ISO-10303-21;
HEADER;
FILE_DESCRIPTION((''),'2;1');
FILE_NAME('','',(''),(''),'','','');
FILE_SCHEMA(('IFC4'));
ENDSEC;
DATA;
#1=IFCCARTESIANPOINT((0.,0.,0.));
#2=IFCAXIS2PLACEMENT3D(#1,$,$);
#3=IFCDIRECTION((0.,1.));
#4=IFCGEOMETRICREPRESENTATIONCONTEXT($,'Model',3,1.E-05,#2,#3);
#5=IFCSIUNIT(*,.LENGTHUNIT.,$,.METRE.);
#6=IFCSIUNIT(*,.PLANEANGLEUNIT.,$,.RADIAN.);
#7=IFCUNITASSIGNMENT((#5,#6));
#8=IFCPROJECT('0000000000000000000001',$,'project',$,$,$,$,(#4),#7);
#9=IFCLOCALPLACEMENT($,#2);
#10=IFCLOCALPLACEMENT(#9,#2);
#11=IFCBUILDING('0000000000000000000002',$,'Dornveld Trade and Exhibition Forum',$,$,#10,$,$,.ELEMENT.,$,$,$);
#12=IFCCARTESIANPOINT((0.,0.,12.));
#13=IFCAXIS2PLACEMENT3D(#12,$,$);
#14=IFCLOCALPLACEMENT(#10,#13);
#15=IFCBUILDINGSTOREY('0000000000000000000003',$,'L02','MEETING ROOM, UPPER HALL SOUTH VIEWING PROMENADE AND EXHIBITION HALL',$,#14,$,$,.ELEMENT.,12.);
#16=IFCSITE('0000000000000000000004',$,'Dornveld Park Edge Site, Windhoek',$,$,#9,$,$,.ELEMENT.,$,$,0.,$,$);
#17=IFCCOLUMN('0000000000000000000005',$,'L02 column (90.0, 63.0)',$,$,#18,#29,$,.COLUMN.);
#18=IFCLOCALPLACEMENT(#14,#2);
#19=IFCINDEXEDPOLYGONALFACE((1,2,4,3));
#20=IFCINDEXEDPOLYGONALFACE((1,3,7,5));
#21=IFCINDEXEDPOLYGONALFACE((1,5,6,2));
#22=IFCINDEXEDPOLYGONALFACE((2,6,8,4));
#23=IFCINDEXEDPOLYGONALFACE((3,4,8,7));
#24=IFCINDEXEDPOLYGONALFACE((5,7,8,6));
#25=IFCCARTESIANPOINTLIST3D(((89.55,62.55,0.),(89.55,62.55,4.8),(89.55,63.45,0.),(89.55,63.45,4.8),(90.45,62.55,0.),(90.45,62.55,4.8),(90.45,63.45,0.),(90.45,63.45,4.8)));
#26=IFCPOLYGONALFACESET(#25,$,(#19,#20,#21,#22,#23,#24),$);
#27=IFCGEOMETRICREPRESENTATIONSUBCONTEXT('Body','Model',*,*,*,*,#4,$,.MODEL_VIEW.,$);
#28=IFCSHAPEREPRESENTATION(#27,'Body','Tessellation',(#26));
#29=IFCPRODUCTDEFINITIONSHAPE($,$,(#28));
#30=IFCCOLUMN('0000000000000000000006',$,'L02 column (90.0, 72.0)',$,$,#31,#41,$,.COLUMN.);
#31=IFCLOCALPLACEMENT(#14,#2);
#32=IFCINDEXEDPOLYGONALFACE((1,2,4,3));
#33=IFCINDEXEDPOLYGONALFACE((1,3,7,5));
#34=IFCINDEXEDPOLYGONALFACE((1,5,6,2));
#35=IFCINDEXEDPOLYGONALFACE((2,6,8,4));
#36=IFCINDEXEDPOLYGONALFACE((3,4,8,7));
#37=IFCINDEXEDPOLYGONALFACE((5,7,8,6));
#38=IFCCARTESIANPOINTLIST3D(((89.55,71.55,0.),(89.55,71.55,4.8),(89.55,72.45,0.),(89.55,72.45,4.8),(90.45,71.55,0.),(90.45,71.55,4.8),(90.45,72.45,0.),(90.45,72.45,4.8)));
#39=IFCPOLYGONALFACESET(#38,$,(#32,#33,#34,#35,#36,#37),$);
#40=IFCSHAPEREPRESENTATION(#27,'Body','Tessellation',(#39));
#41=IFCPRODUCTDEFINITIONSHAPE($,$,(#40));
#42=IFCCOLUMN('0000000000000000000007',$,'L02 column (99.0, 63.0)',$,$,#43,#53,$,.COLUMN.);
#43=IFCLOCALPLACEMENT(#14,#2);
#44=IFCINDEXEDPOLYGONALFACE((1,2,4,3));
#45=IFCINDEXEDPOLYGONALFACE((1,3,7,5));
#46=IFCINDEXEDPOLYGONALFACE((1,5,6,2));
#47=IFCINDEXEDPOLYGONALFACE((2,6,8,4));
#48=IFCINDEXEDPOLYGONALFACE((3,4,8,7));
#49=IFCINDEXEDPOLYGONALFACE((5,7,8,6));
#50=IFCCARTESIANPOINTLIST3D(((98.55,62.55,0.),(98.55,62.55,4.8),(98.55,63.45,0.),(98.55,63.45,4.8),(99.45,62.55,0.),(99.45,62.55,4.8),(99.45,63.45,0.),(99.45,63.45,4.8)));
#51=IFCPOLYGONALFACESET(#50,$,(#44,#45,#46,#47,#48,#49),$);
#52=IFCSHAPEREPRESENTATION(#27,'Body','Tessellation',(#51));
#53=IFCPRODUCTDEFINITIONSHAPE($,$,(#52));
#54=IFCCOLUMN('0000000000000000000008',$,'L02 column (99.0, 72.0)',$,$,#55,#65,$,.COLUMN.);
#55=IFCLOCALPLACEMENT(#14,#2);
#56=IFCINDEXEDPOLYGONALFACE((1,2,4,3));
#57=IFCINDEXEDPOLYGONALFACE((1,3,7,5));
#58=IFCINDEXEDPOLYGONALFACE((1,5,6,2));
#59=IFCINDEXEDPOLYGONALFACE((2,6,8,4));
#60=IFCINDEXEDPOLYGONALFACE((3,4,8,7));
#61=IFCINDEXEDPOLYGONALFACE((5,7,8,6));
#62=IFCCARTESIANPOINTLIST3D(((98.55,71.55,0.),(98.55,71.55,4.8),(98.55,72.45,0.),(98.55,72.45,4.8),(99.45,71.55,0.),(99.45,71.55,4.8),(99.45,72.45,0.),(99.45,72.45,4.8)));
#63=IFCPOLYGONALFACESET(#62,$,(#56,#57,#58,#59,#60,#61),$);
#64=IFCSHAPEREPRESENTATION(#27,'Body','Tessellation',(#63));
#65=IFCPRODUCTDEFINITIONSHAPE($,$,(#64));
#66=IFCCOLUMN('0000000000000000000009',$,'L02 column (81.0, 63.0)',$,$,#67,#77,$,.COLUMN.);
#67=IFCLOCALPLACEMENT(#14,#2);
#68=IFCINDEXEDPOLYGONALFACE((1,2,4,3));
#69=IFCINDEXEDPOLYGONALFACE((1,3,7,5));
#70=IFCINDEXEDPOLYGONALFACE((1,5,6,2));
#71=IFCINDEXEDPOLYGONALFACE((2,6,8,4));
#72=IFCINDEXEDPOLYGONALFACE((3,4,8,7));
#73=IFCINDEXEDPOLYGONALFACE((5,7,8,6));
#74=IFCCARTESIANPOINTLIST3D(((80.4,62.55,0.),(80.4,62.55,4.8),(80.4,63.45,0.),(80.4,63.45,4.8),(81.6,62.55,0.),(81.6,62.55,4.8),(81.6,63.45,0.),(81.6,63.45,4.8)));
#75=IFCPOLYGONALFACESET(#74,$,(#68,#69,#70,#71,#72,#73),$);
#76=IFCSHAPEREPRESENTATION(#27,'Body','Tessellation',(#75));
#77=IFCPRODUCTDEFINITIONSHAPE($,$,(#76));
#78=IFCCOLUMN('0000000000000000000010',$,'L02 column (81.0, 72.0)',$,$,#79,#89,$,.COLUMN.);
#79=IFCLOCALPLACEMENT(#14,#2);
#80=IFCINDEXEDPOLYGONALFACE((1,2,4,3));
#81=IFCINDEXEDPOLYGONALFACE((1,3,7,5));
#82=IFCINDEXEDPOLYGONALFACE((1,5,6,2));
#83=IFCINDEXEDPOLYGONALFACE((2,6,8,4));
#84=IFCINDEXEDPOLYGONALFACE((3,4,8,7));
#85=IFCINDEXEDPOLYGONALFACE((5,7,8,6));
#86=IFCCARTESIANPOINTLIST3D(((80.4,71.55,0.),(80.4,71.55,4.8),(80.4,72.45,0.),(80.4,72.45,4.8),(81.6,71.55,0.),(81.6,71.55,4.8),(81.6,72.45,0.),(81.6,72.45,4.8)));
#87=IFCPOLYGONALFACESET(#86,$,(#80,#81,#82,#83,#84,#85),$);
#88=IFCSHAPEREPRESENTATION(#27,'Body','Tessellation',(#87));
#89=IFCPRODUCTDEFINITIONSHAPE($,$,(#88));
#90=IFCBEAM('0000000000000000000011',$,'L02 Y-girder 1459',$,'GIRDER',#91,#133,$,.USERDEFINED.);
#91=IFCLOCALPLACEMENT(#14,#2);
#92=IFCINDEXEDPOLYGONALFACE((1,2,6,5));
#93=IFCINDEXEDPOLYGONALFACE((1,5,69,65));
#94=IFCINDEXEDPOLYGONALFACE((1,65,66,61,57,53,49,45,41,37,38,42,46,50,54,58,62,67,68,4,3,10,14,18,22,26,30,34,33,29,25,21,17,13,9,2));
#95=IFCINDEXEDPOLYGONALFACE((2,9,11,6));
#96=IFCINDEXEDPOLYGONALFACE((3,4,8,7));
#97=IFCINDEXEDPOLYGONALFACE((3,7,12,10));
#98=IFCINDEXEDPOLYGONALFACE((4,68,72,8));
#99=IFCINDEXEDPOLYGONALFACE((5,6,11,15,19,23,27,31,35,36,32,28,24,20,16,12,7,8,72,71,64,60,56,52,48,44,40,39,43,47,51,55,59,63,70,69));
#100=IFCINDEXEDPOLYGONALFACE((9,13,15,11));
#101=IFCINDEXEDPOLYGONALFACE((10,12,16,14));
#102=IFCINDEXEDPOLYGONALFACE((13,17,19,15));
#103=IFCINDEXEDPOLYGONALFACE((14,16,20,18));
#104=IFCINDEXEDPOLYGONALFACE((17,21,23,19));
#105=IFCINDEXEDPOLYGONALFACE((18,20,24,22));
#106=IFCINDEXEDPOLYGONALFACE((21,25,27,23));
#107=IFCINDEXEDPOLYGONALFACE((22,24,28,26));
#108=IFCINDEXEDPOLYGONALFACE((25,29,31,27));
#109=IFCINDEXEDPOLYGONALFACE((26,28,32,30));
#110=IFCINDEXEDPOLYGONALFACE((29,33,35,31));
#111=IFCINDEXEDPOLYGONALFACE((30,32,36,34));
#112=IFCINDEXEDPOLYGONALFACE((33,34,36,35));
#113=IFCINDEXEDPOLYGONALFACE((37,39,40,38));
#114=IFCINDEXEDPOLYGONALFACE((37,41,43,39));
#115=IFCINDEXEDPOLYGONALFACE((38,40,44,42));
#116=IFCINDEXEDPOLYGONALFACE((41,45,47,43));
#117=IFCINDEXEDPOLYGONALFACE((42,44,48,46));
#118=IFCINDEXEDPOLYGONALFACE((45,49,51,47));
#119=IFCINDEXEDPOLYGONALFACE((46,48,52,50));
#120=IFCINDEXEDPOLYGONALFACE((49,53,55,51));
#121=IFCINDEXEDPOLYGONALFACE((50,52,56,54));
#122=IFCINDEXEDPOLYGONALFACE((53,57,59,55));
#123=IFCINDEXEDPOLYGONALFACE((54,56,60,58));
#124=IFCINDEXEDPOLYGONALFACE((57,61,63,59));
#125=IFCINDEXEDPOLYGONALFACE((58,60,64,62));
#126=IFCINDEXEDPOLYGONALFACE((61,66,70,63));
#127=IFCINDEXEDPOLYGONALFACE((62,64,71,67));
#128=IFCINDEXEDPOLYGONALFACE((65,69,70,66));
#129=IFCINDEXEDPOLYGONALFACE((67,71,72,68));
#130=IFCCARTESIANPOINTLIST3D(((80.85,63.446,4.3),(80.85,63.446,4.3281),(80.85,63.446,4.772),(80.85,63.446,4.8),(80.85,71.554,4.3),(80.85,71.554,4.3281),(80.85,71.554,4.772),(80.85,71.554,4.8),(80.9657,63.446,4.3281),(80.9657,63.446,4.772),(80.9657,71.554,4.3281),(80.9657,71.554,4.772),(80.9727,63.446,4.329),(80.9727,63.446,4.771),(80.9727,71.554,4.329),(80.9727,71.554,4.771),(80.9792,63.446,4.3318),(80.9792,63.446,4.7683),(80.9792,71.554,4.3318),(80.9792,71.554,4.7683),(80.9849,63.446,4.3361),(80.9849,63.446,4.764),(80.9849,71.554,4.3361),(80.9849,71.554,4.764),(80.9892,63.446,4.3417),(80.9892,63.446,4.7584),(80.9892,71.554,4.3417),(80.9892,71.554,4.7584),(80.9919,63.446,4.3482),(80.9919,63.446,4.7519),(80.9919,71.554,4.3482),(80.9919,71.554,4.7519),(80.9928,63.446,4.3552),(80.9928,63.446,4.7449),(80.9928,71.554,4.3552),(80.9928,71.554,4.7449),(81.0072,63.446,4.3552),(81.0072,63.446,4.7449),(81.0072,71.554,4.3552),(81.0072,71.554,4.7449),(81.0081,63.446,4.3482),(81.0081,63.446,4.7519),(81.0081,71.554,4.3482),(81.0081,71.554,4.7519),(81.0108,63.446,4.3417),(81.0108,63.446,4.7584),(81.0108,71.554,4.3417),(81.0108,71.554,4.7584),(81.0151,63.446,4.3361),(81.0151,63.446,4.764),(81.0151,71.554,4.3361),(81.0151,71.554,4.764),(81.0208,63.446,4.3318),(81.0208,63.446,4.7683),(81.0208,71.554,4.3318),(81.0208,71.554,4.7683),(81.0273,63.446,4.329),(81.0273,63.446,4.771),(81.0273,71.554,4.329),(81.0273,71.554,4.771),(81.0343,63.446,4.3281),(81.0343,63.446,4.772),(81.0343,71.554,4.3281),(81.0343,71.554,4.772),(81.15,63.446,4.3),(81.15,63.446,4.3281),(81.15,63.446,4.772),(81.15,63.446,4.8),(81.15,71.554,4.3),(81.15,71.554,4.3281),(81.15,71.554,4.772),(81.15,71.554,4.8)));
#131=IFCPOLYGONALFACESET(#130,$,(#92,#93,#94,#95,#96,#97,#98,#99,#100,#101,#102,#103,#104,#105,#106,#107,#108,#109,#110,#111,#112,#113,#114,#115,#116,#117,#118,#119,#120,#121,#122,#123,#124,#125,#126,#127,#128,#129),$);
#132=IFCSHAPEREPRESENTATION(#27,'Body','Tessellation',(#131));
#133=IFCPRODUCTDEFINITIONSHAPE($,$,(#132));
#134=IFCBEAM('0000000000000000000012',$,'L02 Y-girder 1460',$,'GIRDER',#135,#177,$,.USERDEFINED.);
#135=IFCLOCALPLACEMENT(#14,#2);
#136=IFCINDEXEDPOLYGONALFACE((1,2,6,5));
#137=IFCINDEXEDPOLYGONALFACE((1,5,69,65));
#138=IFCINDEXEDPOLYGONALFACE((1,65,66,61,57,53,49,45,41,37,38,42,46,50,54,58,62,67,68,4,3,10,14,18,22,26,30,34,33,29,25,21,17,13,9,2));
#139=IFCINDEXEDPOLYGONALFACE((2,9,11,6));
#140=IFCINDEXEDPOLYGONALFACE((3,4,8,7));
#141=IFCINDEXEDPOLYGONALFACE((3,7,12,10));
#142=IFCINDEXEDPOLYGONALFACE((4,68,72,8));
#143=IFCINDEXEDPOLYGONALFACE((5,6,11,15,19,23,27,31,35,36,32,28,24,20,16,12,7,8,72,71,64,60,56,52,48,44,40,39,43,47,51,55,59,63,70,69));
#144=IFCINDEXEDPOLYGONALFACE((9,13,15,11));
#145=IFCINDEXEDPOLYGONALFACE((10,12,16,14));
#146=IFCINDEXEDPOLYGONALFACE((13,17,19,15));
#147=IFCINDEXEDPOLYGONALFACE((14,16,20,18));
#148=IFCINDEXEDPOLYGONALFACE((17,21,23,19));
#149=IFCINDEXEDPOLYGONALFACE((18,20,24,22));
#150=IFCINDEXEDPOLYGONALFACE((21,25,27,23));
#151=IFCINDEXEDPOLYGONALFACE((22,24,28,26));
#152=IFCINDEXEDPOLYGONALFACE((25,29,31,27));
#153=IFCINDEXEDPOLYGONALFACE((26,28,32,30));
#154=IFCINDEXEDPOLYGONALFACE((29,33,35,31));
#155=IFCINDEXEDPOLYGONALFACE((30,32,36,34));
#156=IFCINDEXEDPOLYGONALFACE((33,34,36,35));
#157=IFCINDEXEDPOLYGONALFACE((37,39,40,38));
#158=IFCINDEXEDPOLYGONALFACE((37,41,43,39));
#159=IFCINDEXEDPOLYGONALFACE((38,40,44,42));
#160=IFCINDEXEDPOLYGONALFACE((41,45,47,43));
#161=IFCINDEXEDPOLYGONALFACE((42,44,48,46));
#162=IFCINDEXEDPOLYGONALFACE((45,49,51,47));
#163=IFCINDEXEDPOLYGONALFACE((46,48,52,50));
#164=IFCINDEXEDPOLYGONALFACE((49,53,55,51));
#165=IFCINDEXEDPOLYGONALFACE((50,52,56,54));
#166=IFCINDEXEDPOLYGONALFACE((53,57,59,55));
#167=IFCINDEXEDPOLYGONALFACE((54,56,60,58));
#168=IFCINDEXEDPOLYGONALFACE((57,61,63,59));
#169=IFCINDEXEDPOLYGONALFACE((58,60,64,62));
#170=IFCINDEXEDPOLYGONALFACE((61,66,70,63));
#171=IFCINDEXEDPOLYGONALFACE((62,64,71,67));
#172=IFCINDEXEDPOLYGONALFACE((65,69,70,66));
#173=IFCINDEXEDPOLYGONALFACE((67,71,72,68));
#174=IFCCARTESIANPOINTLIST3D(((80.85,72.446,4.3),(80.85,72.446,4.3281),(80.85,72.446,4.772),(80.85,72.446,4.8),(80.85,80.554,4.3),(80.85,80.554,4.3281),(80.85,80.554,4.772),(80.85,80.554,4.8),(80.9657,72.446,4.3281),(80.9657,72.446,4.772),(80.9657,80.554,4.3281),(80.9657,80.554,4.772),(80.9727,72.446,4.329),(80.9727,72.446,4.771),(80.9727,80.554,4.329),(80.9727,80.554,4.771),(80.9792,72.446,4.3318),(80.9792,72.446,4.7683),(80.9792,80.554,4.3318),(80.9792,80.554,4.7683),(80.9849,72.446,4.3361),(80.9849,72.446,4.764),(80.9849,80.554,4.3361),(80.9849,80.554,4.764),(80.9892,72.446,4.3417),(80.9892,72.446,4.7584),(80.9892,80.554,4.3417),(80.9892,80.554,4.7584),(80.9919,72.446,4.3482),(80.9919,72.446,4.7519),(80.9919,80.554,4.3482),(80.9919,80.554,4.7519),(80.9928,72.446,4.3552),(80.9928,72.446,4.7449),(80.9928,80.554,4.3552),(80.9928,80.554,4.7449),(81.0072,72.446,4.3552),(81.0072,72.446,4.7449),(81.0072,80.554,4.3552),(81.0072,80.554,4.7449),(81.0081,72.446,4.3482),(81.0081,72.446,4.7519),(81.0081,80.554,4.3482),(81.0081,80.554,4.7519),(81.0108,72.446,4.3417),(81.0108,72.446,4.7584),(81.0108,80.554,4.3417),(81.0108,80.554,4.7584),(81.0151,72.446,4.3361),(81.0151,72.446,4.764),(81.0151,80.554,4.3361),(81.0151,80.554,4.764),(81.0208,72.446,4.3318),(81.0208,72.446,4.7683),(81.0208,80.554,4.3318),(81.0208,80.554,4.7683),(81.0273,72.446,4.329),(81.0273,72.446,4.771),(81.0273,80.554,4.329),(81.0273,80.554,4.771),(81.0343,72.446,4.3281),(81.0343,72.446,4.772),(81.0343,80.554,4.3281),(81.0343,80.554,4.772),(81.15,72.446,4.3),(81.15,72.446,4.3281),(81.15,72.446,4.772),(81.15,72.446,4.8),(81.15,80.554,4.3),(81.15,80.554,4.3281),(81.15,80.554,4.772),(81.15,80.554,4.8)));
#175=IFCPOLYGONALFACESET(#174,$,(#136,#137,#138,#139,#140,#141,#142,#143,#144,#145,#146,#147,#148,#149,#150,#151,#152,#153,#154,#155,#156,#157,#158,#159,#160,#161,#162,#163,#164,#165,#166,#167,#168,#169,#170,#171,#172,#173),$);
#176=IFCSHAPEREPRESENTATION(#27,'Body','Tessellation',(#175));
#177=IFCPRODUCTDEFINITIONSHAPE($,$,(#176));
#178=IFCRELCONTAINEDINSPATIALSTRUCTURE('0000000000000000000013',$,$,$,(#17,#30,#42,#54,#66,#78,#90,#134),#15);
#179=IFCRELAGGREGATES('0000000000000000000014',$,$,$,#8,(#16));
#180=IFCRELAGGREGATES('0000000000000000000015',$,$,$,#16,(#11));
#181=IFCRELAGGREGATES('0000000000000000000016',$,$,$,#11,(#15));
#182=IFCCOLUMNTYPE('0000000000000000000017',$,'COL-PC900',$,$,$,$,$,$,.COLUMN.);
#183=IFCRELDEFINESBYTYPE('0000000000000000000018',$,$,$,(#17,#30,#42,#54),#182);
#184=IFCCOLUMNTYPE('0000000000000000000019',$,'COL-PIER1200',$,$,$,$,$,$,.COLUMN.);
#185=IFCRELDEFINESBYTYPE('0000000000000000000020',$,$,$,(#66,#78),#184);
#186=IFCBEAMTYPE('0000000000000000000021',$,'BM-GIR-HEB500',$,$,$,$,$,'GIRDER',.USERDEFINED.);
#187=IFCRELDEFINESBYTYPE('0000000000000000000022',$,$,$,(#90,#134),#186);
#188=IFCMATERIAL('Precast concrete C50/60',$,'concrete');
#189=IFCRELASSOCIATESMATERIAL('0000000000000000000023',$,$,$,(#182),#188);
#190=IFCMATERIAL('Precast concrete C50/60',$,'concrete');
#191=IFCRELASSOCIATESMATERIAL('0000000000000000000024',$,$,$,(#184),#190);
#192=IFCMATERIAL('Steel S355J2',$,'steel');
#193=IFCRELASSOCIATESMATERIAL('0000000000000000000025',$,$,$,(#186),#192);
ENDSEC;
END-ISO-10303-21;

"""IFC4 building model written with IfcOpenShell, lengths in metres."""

from ifc_helpers import new_model, si_unit, direction, frame, origin, origin_2d, place, context, subcontext, project, spatial, rectangle, i_section, extrude, material, material_profile, profile_set, type_object, element, save


model = new_model("IFC4")

# Units and contexts
model_context = context("Model", 3, precision=1e-05, world=origin(), true_north=direction((0.0, 1.0)))
body_context = subcontext(model_context, "Body", "Model", "MODEL_VIEW")
ifc_project = project(units=[si_unit("LENGTHUNIT", "METRE"), si_unit("PLANEANGLEUNIT", "RADIAN")], contexts=[model_context])

# Site, building, storey
site_placement = place(None, origin())
site = spatial("IfcSite", under=ifc_project, at=site_placement, Name="Dornveld Park Edge Site, Windhoek", CompositionType="ELEMENT", RefElevation=0.0)
building_placement = place(site_placement, origin())
building = spatial("IfcBuilding", under=site, at=building_placement, Name="Dornveld Trade and Exhibition Forum", CompositionType="ELEMENT")
storey_placement = place(building_placement, frame((0.0, 0.0, 12.0)))
storey = spatial("IfcBuildingStorey", under=building, at=storey_placement, Name="L02", Description="MEETING ROOM, UPPER HALL SOUTH VIEWING PROMENADE AND EXHIBITION HALL", CompositionType="ELEMENT", Elevation=12.0)

# Columns
ifc_material_1 = material(Name="Precast concrete C50/60", Category="concrete")
ifc_material_profile_1 = material_profile(ifc_material_1, rectangle(XDim=0.8999, YDim=0.8999, at=origin_2d()), Name="PC-COL 900x900")
ifc_profile_set_1 = profile_set([ifc_material_profile_1], Name="Precast concrete C50/60")
column_type_1 = type_object("IfcColumnType", Name="COL-PC900", PredefinedType="COLUMN", material=ifc_profile_set_1)
for number, where, z_axis, x_axis, name in (
    (1, (90.0, 63.0, 0.0), (0.0, 0.0, 1.0), (1.0, 0.0, 0.0), "L02 column (90.0, 63.0)"),
    (2, (90.0, 72.0, 0.0), (0.0, 0.0, 1.0), (1.0, 0.0, 0.0), "L02 column (90.0, 72.0)"),
    (3, (99.0, 63.0, 0.0), (0.0, 0.0, 1.0), (1.0, 0.0, 0.0), "L02 column (99.0, 63.0)"),
    (4, (99.0, 72.0, 0.0), (0.0, 0.0, 1.0), (1.0, 0.0, 0.0), "L02 column (99.0, 72.0)"),
):
    element("IfcColumn", number, at=place(storey_placement, frame(where, z_axis=z_axis, x_axis=x_axis)), inside=storey, type_object=column_type_1, Name=name, PredefinedType="COLUMN", context=body_context, shape_type="SweptSolid", body=[
        extrude(rectangle(XDim=0.8999, YDim=0.8999, at=origin_2d()), origin(), (0.0, 0.0, 1.0), 4.8),
    ])
ifc_material_2 = material(Name="Precast concrete C50/60", Category="concrete")
ifc_material_profile_2 = material_profile(ifc_material_2, rectangle(XDim=1.2, YDim=0.8999, at=origin_2d()), Name="PC-PIER 1200x900")
ifc_profile_set_2 = profile_set([ifc_material_profile_2], Name="Precast concrete C50/60")
column_type_2 = type_object("IfcColumnType", Name="COL-PIER1200", PredefinedType="COLUMN", material=ifc_profile_set_2)
for number, where, z_axis, x_axis, name in (
    (5, (81.0, 63.0, 0.0), (0.0, 0.0, 1.0), (1.0, 0.0, 0.0), "L02 column (81.0, 63.0)"),
    (6, (81.0, 72.0, 0.0), (0.0, 0.0, 1.0), (1.0, 0.0, 0.0), "L02 column (81.0, 72.0)"),
):
    element("IfcColumn", number, at=place(storey_placement, frame(where, z_axis=z_axis, x_axis=x_axis)), inside=storey, type_object=column_type_2, Name=name, PredefinedType="COLUMN", context=body_context, shape_type="SweptSolid", body=[
        extrude(rectangle(XDim=1.2, YDim=0.8999, at=origin_2d()), origin(), (0.0, 0.0, 1.0), 4.8),
    ])

# Beams
ifc_material_3 = material(Name="Steel S355J2", Category="steel")
ifc_material_profile_3 = material_profile(ifc_material_3, i_section(OverallWidth=0.3, OverallDepth=0.5, WebThickness=0.0144, FlangeThickness=0.0281, FilletRadius=0.0271, at=origin_2d()), Name="HEB 500")
ifc_profile_set_3 = profile_set([ifc_material_profile_3], Name="Steel S355J2")
beam_type_1 = type_object("IfcBeamType", Name="BM-GIR-HEB500", ElementType="GIRDER", PredefinedType="USERDEFINED", material=ifc_profile_set_3)
for number, where, z_axis, x_axis, name in (
    (7, (81.0, 63.446, 4.55), (0.0, 1.0, 0.0), (-1.0, 0.0, 0.0), "L02 Y-girder 1459"),
    (8, (81.0, 72.446, 4.55), (0.0, 1.0, 0.0), (-1.0, 0.0, 0.0), "L02 Y-girder 1460"),
):
    element("IfcBeam", number, at=place(storey_placement, frame(where, z_axis=z_axis, x_axis=x_axis)), inside=storey, type_object=beam_type_1, Name=name, ObjectType="GIRDER", PredefinedType="USERDEFINED", context=body_context, shape_type="SweptSolid", body=[
        extrude(i_section(OverallWidth=0.3, OverallDepth=0.5, WebThickness=0.0144, FlangeThickness=0.0281, FilletRadius=0.0271, at=origin_2d()), origin(), (0.0, 0.0, 1.0), 8.1079),
    ])

save(model, "model.ifc")
